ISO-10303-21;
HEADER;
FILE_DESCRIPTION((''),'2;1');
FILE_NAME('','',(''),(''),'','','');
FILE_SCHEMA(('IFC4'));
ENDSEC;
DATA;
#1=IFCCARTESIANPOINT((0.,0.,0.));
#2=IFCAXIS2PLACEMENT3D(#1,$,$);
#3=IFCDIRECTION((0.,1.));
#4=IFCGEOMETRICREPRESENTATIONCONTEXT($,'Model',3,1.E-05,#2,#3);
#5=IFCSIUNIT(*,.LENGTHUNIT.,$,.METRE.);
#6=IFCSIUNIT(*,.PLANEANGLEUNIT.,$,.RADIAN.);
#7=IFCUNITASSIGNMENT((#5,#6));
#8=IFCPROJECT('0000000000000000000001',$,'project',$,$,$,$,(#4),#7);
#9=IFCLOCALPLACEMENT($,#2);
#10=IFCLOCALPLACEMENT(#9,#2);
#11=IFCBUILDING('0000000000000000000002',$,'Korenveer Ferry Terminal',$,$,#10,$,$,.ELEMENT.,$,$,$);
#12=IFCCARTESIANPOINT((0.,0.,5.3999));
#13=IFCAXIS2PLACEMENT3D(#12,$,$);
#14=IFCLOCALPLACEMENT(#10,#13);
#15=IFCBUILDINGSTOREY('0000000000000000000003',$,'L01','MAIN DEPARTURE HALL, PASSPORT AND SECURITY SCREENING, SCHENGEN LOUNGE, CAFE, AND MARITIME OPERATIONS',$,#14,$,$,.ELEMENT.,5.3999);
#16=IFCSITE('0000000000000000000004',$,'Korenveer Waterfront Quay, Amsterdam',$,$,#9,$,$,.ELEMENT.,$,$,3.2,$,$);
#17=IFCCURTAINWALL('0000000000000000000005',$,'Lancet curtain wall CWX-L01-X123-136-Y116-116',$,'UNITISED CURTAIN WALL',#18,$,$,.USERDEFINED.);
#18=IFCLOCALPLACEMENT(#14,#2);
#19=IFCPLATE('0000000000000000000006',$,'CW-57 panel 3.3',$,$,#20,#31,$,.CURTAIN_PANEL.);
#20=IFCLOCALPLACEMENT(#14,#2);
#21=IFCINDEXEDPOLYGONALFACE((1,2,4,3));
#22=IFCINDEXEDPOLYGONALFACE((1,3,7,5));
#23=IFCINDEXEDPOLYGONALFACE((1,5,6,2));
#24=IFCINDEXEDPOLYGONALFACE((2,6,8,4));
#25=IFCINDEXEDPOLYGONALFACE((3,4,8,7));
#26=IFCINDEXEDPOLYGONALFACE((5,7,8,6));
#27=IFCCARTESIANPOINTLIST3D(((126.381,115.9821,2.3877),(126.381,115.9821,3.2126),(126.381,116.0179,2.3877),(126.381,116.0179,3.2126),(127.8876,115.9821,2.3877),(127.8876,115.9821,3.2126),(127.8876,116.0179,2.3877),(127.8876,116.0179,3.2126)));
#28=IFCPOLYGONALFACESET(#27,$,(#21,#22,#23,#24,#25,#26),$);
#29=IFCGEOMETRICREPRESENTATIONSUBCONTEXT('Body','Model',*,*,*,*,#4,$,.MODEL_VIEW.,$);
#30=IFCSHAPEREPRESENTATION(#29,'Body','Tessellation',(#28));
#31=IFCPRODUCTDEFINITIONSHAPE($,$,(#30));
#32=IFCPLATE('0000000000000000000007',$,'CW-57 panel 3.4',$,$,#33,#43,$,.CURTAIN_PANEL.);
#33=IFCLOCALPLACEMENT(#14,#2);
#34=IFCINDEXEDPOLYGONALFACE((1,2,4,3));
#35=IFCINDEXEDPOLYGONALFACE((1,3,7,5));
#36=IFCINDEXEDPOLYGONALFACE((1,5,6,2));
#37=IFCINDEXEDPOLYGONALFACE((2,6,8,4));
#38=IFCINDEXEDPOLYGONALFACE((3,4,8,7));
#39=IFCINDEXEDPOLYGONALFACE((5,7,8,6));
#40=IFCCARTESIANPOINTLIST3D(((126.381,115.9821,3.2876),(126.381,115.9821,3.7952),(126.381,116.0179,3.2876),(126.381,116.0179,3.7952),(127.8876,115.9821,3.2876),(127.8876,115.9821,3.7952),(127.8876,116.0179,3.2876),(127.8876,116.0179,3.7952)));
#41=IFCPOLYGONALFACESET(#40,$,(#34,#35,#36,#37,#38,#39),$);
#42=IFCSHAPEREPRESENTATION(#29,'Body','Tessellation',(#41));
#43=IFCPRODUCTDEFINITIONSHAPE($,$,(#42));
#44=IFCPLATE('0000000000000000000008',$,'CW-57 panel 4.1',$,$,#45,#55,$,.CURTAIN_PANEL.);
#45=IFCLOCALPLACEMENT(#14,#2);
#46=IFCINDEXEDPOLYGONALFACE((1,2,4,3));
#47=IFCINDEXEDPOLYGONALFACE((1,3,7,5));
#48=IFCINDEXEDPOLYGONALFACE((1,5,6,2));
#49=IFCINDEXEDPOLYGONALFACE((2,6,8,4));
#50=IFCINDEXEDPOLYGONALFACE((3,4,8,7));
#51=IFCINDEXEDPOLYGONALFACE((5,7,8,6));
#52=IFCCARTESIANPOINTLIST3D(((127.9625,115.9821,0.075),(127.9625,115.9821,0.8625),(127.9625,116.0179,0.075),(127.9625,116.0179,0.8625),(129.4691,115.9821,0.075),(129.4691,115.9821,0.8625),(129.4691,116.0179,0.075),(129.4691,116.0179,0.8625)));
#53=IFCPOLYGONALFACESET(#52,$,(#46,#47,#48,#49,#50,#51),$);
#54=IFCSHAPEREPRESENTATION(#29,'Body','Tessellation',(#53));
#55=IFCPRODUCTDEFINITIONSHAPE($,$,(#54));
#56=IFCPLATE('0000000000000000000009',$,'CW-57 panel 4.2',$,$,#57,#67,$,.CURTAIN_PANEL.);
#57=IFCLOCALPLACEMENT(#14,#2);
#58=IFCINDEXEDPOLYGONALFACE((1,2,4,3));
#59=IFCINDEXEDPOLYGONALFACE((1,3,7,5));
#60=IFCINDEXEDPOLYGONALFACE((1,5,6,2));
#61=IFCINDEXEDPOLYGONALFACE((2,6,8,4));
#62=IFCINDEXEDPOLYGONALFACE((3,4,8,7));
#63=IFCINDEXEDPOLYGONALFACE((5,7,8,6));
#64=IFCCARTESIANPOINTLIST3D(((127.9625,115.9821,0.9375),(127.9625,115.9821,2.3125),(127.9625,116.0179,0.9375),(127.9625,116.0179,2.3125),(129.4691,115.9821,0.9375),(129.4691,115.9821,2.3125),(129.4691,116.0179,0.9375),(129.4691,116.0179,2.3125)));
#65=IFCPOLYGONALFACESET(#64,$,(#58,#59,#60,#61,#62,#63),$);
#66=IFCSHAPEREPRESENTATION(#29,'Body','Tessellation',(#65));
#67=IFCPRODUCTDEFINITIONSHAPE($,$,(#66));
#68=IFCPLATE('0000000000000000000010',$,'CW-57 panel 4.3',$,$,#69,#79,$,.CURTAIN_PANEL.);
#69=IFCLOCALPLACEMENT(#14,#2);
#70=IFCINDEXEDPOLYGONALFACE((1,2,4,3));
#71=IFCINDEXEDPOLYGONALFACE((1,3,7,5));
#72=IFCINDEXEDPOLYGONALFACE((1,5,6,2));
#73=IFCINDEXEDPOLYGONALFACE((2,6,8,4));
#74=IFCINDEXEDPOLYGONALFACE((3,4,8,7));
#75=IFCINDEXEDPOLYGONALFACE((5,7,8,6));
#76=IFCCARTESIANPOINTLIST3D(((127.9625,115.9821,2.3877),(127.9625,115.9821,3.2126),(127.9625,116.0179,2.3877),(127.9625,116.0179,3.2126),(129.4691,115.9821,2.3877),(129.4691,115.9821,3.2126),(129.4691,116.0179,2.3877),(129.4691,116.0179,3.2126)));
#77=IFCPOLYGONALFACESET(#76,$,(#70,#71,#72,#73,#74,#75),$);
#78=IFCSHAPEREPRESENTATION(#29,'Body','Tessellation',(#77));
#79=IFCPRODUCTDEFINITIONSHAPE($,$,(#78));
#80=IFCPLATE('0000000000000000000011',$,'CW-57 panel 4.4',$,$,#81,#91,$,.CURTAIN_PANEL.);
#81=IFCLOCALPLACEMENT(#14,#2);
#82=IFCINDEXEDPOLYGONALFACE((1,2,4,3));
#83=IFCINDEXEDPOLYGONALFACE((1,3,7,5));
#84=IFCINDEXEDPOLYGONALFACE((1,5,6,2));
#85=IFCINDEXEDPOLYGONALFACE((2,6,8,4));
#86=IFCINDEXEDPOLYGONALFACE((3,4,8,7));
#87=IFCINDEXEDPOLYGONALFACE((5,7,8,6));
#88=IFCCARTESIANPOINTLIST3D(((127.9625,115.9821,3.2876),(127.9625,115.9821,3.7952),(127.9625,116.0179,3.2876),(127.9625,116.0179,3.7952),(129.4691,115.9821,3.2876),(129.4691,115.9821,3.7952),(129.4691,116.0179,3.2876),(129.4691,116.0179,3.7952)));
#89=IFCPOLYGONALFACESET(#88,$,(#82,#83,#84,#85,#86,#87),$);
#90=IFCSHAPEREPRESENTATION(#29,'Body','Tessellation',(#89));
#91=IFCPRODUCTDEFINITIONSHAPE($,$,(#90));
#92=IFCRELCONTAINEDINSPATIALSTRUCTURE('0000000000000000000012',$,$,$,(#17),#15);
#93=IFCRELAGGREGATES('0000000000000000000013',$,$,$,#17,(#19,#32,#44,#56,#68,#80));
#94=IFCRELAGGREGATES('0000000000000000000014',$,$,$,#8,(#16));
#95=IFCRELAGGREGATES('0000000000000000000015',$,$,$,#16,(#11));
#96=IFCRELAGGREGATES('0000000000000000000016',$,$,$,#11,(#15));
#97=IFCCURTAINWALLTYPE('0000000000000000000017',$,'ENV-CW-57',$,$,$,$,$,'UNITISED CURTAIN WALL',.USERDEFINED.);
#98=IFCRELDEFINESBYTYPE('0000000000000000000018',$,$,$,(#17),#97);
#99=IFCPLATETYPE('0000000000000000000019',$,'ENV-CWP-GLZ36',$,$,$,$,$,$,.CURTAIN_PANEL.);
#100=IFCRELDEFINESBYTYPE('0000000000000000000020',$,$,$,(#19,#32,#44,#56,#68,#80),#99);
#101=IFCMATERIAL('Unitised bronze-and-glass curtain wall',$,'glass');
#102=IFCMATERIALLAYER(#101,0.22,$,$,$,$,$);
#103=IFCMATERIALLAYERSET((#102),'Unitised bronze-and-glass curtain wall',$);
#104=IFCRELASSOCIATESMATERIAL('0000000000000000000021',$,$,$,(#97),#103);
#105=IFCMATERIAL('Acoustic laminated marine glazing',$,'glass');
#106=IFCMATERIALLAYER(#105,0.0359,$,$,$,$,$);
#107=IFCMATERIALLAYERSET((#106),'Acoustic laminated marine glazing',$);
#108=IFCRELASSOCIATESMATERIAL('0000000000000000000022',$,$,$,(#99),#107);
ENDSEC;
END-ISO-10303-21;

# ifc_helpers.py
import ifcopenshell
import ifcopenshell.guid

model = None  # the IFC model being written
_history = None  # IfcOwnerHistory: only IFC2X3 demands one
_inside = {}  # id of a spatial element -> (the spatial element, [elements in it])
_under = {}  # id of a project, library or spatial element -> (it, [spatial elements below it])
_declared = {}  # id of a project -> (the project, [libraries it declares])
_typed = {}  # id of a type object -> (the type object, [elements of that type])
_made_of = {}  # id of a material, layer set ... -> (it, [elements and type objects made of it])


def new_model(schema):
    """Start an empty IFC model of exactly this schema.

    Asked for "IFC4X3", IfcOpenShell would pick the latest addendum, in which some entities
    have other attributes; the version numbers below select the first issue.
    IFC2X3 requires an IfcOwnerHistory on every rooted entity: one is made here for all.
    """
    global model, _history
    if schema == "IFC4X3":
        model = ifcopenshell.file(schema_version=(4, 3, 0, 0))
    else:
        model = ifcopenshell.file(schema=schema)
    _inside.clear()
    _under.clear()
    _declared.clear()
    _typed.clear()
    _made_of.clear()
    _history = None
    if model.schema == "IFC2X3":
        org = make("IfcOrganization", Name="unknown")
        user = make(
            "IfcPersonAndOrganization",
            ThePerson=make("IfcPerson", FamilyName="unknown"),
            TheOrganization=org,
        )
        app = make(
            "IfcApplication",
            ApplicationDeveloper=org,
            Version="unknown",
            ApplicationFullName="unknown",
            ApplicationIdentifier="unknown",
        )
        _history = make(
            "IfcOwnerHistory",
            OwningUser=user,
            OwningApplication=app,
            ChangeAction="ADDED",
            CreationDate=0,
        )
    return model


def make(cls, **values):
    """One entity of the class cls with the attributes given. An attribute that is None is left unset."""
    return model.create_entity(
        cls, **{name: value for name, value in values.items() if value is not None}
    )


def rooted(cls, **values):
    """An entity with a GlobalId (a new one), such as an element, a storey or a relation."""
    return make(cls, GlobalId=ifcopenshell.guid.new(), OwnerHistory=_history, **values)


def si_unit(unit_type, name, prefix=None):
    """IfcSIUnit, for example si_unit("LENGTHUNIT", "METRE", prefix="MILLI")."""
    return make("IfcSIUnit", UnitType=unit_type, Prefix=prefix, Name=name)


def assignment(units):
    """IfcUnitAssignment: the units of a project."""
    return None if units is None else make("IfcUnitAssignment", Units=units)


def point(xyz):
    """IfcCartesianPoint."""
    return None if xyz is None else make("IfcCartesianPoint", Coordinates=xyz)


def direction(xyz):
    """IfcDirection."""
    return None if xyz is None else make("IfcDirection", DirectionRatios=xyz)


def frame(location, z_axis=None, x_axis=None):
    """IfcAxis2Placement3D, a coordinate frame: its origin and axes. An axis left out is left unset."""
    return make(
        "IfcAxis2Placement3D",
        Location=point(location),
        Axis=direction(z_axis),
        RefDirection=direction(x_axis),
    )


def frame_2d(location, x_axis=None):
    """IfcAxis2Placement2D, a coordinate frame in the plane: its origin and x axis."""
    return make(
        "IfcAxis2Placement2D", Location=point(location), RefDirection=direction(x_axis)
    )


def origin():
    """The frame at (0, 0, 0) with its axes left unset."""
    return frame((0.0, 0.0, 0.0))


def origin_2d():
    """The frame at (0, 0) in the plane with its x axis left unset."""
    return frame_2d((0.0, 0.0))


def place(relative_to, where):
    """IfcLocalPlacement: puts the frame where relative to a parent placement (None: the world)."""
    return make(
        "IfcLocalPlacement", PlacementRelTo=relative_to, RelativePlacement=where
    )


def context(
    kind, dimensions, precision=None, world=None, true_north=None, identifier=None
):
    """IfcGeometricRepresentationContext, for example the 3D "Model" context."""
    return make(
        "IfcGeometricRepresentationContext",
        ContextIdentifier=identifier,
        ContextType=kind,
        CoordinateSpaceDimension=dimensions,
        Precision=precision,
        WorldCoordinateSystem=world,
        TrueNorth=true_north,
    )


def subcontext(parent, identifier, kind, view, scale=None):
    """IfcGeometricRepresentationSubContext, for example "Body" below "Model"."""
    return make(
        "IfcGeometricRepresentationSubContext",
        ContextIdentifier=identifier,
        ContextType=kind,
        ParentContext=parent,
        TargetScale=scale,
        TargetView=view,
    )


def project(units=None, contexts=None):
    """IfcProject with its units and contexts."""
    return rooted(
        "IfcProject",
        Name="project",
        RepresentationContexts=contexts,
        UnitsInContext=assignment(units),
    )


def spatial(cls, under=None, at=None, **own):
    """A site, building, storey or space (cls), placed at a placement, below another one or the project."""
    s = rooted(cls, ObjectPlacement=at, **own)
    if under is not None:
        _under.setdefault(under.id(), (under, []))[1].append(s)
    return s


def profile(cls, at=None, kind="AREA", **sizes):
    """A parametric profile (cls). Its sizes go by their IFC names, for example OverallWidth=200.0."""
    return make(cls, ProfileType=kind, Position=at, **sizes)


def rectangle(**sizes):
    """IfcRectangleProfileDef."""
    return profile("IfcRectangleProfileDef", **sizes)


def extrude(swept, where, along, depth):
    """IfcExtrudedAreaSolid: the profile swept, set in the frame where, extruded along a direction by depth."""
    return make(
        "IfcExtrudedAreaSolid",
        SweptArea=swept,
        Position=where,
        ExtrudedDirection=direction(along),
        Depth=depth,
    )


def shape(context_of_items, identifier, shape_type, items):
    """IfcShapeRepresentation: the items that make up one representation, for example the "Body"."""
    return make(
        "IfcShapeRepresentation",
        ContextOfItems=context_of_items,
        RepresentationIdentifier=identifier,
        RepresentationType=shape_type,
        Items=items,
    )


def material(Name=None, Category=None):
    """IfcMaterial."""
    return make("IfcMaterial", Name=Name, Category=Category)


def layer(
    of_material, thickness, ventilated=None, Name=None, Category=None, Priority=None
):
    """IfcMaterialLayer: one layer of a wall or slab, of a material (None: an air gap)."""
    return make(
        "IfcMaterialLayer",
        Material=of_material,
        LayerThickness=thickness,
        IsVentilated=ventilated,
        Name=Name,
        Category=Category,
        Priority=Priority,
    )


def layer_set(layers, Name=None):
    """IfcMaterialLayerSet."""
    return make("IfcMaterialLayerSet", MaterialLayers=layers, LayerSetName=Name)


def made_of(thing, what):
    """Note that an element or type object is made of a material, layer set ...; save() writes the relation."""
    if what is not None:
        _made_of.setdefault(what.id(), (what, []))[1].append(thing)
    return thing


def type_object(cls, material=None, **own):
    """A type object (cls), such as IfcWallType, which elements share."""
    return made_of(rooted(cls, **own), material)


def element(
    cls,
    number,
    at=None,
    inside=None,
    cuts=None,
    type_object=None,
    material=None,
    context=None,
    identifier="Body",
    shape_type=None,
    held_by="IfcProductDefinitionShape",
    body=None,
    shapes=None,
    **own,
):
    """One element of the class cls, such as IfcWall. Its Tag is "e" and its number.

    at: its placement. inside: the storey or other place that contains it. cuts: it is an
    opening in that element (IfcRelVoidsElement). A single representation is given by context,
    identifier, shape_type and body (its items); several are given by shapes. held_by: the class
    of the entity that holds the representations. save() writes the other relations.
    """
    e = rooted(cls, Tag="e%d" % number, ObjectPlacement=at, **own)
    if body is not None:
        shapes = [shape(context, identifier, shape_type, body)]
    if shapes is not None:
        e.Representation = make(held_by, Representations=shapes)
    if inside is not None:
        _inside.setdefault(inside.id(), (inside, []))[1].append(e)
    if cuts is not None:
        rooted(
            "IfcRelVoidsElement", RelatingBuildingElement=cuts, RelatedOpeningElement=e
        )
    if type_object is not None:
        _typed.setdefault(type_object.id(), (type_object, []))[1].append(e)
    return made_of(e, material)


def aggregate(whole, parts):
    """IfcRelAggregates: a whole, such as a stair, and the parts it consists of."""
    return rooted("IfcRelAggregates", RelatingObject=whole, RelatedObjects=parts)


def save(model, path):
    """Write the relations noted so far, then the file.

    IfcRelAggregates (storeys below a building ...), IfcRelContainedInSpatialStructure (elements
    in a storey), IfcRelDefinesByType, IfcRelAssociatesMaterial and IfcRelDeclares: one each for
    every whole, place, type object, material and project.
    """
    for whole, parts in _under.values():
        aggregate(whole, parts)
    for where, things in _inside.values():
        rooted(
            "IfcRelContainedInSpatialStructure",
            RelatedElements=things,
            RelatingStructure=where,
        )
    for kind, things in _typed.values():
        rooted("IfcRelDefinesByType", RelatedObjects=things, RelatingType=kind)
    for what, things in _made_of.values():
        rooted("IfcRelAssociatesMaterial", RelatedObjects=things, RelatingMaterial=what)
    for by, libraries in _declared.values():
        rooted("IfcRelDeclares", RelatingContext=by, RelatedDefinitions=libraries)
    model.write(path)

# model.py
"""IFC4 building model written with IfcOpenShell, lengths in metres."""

from ifc_helpers import new_model, si_unit, direction, frame, origin, origin_2d, place, context, subcontext, project, spatial, rectangle, extrude, material, layer, layer_set, type_object, element, aggregate, save


model = new_model("IFC4")

# Units and contexts
model_context = context("Model", 3, precision=1e-05, world=origin(), true_north=direction((0.0, 1.0)))
body_context = subcontext(model_context, "Body", "Model", "MODEL_VIEW")
ifc_project = project(units=[si_unit("LENGTHUNIT", "METRE"), si_unit("PLANEANGLEUNIT", "RADIAN")], contexts=[model_context])

# Site, building, storey
site_placement = place(None, origin())
site = spatial("IfcSite", under=ifc_project, at=site_placement, Name="Korenveer Waterfront Quay, Amsterdam", CompositionType="ELEMENT", RefElevation=3.2)
building_placement = place(site_placement, origin())
building = spatial("IfcBuilding", under=site, at=building_placement, Name="Korenveer Ferry Terminal", CompositionType="ELEMENT")
storey_placement = place(building_placement, frame((0.0, 0.0, 5.3999)))
storey = spatial("IfcBuildingStorey", under=building, at=storey_placement, Name="L01", Description="MAIN DEPARTURE HALL, PASSPORT AND SECURITY SCREENING, SCHENGEN LOUNGE, CAFE, AND MARITIME OPERATIONS", CompositionType="ELEMENT", Elevation=5.3999)

# Curtain wall, plates
ifc_material_1 = material(Name="Unitised bronze-and-glass curtain wall", Category="glass")
ifc_layer_1 = layer(ifc_material_1, 0.22)
ifc_layer_set_1 = layer_set([ifc_layer_1], Name="Unitised bronze-and-glass curtain wall")
curtain_wall_type = type_object("IfcCurtainWallType", Name="ENV-CW-57", ElementType="UNITISED CURTAIN WALL", PredefinedType="USERDEFINED", material=ifc_layer_set_1)
curtain_wall_placement = place(storey_placement, frame((123.1799, 116.0, 0.0)))
curtain_wall = element("IfcCurtainWall", 1, at=curtain_wall_placement, inside=storey, type_object=curtain_wall_type, Name="Lancet curtain wall CWX-L01-X123-136-Y116-116", ObjectType="UNITISED CURTAIN WALL", PredefinedType="USERDEFINED")
ifc_material_2 = material(Name="Acoustic laminated marine glazing", Category="glass")
ifc_layer_2 = layer(ifc_material_2, 0.0359)
ifc_layer_set_2 = layer_set([ifc_layer_2], Name="Acoustic laminated marine glazing")
plate_type = type_object("IfcPlateType", Name="ENV-CWP-GLZ36", PredefinedType="CURTAIN_PANEL", material=ifc_layer_set_2)
plate_1_placement = place(storey_placement, frame((127.1343, 116.0, 2.3877), z_axis=(0.0, 0.0, 1.0), x_axis=(1.0, 0.0, 0.0)))
plate_1 = element("IfcPlate", 2, at=plate_1_placement, type_object=plate_type, Name="CW-57 panel 3.3", PredefinedType="CURTAIN_PANEL", context=body_context, shape_type="SweptSolid", body=[
    extrude(rectangle(XDim=1.5066, YDim=0.0359, at=origin_2d()), origin(), (0.0, 0.0, 1.0), 0.825),
])
plate_2_placement = place(storey_placement, frame((127.1343, 116.0, 3.2876), z_axis=(0.0, 0.0, 1.0), x_axis=(1.0, 0.0, 0.0)))
plate_2 = element("IfcPlate", 3, at=plate_2_placement, type_object=plate_type, Name="CW-57 panel 3.4", PredefinedType="CURTAIN_PANEL", context=body_context, shape_type="SweptSolid", body=[
    extrude(rectangle(XDim=1.5066, YDim=0.0359, at=origin_2d()), origin(), (0.0, 0.0, 1.0), 0.5076),
])
plate_3_placement = place(storey_placement, frame((128.7158, 116.0, 0.075), z_axis=(0.0, 0.0, 1.0), x_axis=(1.0, 0.0, 0.0)))
plate_3 = element("IfcPlate", 4, at=plate_3_placement, type_object=plate_type, Name="CW-57 panel 4.1", PredefinedType="CURTAIN_PANEL", context=body_context, shape_type="SweptSolid", body=[
    extrude(rectangle(XDim=1.5066, YDim=0.0359, at=origin_2d()), origin(), (0.0, 0.0, 1.0), 0.7876),
])
plate_4_placement = place(storey_placement, frame((128.7158, 116.0, 0.9375), z_axis=(0.0, 0.0, 1.0), x_axis=(1.0, 0.0, 0.0)))
plate_4 = element("IfcPlate", 5, at=plate_4_placement, type_object=plate_type, Name="CW-57 panel 4.2", PredefinedType="CURTAIN_PANEL", context=body_context, shape_type="SweptSolid", body=[
    extrude(rectangle(XDim=1.5066, YDim=0.0359, at=origin_2d()), origin(), (0.0, 0.0, 1.0), 1.375),
])
plate_5_placement = place(storey_placement, frame((128.7158, 116.0, 2.3877), z_axis=(0.0, 0.0, 1.0), x_axis=(1.0, 0.0, 0.0)))
plate_5 = element("IfcPlate", 6, at=plate_5_placement, type_object=plate_type, Name="CW-57 panel 4.3", PredefinedType="CURTAIN_PANEL", context=body_context, shape_type="SweptSolid", body=[
    extrude(rectangle(XDim=1.5066, YDim=0.0359, at=origin_2d()), origin(), (0.0, 0.0, 1.0), 0.825),
])
plate_6_placement = place(storey_placement, frame((128.7158, 116.0, 3.2876), z_axis=(0.0, 0.0, 1.0), x_axis=(1.0, 0.0, 0.0)))
plate_6 = element("IfcPlate", 7, at=plate_6_placement, type_object=plate_type, Name="CW-57 panel 4.4", PredefinedType="CURTAIN_PANEL", context=body_context, shape_type="SweptSolid", body=[
    extrude(rectangle(XDim=1.5066, YDim=0.0359, at=origin_2d()), origin(), (0.0, 0.0, 1.0), 0.5076),
])
aggregate(curtain_wall, [plate_1, plate_2, plate_3, plate_4, plate_5, plate_6])

save(model, "model.ifc")
